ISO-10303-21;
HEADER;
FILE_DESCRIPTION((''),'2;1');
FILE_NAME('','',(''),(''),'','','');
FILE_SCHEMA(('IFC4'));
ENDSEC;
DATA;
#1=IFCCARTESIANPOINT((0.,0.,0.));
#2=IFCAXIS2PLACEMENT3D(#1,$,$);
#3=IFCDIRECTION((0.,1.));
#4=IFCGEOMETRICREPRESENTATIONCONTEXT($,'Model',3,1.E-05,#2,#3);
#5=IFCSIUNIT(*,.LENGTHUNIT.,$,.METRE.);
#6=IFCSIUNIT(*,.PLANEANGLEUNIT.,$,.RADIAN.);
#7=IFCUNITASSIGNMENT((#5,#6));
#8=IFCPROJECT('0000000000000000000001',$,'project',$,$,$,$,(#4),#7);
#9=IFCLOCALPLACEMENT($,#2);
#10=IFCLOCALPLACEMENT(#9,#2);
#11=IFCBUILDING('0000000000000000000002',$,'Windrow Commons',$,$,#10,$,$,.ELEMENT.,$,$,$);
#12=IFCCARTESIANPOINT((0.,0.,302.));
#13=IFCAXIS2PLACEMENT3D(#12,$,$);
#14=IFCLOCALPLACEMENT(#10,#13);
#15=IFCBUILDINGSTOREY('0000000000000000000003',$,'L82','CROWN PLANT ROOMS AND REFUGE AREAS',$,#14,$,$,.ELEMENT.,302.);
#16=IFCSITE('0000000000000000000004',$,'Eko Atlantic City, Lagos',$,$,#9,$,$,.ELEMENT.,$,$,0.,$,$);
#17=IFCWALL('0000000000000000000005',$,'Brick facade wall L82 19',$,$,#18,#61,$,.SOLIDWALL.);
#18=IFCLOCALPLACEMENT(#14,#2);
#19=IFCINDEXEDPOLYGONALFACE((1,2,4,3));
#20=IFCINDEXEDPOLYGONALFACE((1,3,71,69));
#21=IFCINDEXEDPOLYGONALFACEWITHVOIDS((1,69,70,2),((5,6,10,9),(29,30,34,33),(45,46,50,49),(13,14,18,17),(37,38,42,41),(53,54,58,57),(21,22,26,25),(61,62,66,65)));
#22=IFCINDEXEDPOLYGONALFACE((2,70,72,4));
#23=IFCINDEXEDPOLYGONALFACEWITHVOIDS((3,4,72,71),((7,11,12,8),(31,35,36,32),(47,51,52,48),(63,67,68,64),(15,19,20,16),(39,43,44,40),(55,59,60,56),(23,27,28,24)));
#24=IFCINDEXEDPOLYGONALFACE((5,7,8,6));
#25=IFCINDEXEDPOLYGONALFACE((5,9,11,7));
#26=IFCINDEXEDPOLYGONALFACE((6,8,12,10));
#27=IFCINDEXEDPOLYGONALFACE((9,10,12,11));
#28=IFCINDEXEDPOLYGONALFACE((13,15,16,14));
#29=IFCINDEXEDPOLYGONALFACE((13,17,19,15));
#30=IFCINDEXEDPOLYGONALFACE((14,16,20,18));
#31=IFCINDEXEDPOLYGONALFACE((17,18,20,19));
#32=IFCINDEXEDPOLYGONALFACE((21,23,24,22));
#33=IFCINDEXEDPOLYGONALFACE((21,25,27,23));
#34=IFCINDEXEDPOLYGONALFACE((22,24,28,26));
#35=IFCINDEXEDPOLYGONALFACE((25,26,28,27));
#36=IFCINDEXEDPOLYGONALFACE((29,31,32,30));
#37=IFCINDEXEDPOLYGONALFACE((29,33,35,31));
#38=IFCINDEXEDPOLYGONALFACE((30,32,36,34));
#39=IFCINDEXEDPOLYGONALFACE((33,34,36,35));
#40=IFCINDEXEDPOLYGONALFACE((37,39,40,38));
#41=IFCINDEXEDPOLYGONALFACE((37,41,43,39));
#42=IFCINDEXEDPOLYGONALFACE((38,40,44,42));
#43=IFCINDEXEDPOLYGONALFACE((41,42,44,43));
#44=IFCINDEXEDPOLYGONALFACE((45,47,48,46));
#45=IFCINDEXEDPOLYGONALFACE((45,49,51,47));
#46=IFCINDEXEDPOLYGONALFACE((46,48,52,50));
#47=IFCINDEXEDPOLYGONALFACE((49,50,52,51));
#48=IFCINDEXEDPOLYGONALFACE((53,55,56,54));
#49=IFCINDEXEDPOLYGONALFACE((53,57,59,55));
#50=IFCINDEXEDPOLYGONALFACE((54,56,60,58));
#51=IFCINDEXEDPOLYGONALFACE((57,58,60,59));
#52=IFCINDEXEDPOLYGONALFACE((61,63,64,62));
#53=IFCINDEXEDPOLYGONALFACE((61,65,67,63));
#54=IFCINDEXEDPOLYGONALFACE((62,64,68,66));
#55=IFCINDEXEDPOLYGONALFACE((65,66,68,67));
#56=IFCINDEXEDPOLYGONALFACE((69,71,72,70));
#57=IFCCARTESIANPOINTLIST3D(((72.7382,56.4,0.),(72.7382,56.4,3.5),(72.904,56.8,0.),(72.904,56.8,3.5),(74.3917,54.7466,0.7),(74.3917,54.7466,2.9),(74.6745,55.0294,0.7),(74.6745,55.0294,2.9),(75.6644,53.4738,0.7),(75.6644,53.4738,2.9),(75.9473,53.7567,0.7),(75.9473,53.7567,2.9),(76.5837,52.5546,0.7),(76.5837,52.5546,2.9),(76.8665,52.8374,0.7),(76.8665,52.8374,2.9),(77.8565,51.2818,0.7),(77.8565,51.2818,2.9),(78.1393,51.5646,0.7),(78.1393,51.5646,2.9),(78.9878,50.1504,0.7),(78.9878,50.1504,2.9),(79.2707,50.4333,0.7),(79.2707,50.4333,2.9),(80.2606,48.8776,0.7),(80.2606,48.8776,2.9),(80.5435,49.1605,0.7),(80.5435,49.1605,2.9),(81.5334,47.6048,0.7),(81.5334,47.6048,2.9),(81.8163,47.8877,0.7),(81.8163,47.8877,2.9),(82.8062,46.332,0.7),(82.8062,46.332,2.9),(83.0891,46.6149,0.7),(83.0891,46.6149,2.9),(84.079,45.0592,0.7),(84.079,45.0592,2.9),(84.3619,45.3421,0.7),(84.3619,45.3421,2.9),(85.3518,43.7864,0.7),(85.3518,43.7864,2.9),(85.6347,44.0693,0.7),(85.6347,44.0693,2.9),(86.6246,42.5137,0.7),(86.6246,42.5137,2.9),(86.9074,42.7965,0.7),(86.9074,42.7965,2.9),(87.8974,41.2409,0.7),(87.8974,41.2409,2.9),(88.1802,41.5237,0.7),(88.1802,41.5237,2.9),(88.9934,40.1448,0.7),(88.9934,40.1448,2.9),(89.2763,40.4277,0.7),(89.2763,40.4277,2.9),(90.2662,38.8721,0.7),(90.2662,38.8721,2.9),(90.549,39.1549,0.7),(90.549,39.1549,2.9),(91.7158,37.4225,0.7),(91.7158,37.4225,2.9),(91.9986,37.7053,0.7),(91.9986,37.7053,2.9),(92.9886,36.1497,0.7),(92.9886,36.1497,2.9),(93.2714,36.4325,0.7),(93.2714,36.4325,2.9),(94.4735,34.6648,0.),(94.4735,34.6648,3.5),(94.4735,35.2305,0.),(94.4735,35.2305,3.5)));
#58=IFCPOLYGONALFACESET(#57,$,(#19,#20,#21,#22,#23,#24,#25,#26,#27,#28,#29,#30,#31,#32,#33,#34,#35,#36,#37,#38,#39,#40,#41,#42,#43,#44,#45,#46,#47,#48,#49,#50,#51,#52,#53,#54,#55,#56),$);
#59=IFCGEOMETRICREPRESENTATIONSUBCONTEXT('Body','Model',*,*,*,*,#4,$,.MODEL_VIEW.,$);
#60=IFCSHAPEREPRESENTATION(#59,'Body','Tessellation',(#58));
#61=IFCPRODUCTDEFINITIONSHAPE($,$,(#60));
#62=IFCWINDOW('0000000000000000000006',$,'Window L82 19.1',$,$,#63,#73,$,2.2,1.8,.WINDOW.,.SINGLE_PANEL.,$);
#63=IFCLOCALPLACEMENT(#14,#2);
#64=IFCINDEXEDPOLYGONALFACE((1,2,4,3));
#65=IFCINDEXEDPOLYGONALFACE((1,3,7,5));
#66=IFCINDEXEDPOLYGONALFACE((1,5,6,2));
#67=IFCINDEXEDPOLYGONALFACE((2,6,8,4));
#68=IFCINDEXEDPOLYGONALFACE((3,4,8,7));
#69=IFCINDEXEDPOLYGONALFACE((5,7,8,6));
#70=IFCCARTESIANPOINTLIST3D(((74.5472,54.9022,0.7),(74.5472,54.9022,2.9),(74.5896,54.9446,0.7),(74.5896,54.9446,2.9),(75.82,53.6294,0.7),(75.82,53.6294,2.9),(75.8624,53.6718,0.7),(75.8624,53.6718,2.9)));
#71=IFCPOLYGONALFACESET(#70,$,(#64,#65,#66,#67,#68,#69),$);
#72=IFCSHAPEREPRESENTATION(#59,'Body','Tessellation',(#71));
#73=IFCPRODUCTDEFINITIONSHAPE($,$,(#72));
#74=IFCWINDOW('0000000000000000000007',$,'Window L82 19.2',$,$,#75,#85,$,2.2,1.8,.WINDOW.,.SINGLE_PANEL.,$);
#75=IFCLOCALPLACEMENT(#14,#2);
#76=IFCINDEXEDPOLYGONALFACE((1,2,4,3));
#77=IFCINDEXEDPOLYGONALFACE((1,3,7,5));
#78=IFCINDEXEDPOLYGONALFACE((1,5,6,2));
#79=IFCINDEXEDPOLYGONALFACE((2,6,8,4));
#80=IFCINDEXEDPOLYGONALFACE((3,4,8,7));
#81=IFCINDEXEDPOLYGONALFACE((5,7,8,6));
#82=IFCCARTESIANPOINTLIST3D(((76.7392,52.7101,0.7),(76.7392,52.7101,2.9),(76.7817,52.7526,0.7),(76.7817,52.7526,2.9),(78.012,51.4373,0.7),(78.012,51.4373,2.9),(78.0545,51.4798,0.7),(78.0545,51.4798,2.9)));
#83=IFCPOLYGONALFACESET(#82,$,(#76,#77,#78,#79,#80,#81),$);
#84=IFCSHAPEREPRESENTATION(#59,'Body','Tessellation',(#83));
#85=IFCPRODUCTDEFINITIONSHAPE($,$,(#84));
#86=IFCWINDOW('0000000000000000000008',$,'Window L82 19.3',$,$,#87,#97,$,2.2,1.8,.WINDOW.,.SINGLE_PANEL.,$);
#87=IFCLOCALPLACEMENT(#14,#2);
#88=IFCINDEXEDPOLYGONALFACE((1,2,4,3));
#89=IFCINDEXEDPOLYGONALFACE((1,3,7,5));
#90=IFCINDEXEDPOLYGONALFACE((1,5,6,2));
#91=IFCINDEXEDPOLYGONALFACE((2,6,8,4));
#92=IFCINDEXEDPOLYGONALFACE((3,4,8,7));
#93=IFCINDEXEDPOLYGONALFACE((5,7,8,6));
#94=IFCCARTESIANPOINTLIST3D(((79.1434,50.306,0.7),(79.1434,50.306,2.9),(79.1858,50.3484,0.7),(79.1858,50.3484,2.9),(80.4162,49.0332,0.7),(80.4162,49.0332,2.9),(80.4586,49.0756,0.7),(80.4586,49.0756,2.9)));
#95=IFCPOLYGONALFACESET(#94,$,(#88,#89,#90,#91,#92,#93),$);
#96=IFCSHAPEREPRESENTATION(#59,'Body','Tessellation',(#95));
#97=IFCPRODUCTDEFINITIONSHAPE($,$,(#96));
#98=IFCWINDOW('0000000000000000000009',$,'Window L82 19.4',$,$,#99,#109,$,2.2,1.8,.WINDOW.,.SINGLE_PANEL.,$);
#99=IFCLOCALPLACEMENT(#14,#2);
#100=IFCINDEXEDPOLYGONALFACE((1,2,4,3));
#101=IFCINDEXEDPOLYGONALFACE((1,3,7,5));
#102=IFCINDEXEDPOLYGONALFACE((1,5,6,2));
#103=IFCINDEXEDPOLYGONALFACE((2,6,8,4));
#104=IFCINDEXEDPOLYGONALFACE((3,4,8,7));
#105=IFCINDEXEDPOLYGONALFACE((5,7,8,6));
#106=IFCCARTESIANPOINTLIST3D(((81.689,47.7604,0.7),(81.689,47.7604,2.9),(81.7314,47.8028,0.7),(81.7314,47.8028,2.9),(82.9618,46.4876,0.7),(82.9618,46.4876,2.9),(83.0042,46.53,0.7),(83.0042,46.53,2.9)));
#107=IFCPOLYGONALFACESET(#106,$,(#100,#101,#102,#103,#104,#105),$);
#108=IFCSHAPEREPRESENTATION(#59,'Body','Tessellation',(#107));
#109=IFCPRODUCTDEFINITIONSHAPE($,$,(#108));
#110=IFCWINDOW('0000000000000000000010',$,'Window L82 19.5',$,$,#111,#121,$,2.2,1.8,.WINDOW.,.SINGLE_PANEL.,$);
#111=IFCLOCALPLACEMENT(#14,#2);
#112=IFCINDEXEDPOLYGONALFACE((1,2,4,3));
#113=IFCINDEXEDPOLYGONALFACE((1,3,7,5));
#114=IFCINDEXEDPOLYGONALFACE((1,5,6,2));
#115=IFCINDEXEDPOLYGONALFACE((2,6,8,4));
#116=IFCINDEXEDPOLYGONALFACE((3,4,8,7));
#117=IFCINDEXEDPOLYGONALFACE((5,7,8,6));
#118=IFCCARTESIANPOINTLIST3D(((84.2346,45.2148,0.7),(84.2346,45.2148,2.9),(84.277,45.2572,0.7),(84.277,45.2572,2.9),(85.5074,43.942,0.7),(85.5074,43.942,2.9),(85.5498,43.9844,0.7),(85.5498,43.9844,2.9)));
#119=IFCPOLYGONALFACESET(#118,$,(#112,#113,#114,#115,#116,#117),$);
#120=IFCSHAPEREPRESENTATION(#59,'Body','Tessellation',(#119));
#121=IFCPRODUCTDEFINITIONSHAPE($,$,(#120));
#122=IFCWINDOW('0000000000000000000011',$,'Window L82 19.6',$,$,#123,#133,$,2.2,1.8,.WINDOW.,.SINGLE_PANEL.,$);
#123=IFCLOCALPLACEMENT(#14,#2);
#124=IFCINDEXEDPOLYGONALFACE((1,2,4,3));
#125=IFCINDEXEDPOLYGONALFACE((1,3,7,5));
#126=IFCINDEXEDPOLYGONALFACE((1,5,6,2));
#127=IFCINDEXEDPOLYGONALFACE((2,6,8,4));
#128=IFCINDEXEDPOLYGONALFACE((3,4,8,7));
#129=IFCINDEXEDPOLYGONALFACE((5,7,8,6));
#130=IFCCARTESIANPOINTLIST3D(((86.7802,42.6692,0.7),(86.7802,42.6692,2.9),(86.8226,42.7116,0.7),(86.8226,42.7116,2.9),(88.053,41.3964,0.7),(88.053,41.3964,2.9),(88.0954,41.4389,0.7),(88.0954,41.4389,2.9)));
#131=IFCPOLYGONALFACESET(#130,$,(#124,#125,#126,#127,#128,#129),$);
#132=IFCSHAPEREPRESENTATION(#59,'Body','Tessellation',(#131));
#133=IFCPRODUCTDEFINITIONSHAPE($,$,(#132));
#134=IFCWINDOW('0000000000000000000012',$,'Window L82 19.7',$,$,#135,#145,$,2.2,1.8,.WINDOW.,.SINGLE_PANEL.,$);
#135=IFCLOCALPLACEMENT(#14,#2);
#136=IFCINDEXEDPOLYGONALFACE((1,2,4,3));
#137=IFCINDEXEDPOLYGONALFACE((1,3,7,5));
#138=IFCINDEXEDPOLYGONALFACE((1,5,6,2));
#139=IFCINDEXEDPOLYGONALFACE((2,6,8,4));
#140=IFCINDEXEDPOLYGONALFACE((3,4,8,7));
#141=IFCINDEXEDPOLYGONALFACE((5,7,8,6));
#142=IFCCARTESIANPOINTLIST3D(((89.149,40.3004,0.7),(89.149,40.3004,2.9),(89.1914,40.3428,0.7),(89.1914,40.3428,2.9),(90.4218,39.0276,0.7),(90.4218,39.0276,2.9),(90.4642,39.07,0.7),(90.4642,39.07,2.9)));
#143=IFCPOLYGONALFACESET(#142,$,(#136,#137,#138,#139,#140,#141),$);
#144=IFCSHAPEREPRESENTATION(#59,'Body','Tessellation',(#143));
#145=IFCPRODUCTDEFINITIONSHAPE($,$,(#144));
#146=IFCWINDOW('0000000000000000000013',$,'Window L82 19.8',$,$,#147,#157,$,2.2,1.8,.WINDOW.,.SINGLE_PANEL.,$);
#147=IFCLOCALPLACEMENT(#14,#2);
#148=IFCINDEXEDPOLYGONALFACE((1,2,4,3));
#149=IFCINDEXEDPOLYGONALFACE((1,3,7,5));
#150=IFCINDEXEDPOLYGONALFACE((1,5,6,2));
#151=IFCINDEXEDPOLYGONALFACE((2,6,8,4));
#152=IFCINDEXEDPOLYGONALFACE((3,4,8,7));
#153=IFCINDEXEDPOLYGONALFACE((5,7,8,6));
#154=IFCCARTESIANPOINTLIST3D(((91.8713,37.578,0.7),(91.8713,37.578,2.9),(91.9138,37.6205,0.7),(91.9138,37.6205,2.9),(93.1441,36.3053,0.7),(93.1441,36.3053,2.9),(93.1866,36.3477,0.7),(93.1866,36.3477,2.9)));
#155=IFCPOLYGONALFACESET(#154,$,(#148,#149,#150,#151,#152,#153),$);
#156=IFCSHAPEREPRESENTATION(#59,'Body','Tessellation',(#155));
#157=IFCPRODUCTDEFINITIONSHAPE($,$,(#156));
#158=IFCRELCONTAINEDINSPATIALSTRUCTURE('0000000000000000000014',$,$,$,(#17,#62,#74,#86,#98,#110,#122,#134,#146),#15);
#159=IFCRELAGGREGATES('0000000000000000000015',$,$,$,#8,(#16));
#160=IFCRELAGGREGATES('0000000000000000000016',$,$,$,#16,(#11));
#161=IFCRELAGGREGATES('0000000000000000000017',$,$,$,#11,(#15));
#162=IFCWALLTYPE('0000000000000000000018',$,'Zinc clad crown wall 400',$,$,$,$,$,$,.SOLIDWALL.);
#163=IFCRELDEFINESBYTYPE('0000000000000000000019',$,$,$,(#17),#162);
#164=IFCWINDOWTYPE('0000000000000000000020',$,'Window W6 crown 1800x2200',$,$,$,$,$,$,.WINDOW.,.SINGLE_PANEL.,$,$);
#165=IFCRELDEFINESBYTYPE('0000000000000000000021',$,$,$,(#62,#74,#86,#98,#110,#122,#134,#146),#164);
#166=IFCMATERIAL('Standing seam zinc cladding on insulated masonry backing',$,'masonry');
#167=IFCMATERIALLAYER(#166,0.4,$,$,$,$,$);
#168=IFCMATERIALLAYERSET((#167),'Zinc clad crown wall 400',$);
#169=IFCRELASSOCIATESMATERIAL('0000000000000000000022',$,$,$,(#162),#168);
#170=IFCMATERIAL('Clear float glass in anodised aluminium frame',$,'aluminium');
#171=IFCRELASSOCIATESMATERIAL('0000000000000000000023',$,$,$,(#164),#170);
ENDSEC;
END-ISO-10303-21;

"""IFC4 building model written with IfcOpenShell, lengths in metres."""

from ifc_helpers import new_model, si_unit, direction, frame, frame_2d, origin, place, context, subcontext, project, spatial, polyline, rectangle, outline, extrude, material, layer, layer_set, type_object, element, fill, save


model = new_model("IFC4")

# Units and contexts
model_context = context("Model", 3, precision=1e-05, world=origin(), true_north=direction((0.0, 1.0)))
body_context = subcontext(model_context, "Body", "Model", "MODEL_VIEW")
ifc_project = project(units=[si_unit("LENGTHUNIT", "METRE"), si_unit("PLANEANGLEUNIT", "RADIAN")], contexts=[model_context])

# Site, building, storey
site_placement = place(None, origin())
site = spatial("IfcSite", under=ifc_project, at=site_placement, Name="Eko Atlantic City, Lagos", CompositionType="ELEMENT", RefElevation=0.0)
building_placement = place(site_placement, origin())
building = spatial("IfcBuilding", under=site, at=building_placement, Name="Windrow Commons", CompositionType="ELEMENT")
storey_placement = place(building_placement, frame((0.0, 0.0, 302.0)))
storey = spatial("IfcBuildingStorey", under=building, at=storey_placement, Name="L82", Description="CROWN PLANT ROOMS AND REFUGE AREAS", CompositionType="ELEMENT", Elevation=302.0)

# Shared definitions
ifc_material_1 = material(Name="Standing seam zinc cladding on insulated masonry backing", Category="masonry")
ifc_layer_1 = layer(ifc_material_1, 0.4)
ifc_layer_set_1 = layer_set([ifc_layer_1], Name="Zinc clad crown wall 400")
wall_type_1 = type_object("IfcWallType", Name="Zinc clad crown wall 400", PredefinedType="SOLIDWALL", material=ifc_layer_set_1)

# Wall, openings, windows
wall_1_placement = place(storey_placement, frame((72.8211, 56.6, 0.0), z_axis=(0.0, 0.0, 1.0), x_axis=(0.707107, -0.707107, 0.0)))
wall_1 = element("IfcWall", 1, at=wall_1_placement, inside=storey, type_object=wall_type_1, Name="Brick facade wall L82 19", PredefinedType="SOLIDWALL", context=body_context, shape_type="SweptSolid", body=[
    extrude(outline(polyline([(0.0828, -0.2), (30.8211, -0.2), (30.4211, 0.2), (-0.0828, 0.2), (0.0828, -0.2)])), origin(), (0.0, 0.0, 1.0), 3.5),
])
opening_1_placement = place(wall_1_placement, frame((2.4211, 0.0, 0.7)))
opening_1 = element("IfcOpeningElement", 2, at=opening_1_placement, cuts=wall_1, PredefinedType="OPENING", context=body_context, shape_type="SweptSolid", body=[
    extrude(rectangle(XDim=1.8, YDim=2.2, at=frame_2d((0.9, 1.1))), frame((0.0, 0.21, 0.0), z_axis=(0.0, -1.0, 0.0), x_axis=(1.0, 0.0, 0.0)), (0.0, 0.0, 1.0), 0.42),
])
opening_2_placement = place(wall_1_placement, frame((5.5211, 0.0, 0.7)))
opening_2 = element("IfcOpeningElement", 3, at=opening_2_placement, cuts=wall_1, PredefinedType="OPENING", context=body_context, shape_type="SweptSolid", body=[
    extrude(rectangle(XDim=1.8, YDim=2.2, at=frame_2d((0.9, 1.1))), frame((0.0, 0.21, 0.0), z_axis=(0.0, -1.0, 0.0), x_axis=(1.0, 0.0, 0.0)), (0.0, 0.0, 1.0), 0.42),
])
opening_3_placement = place(wall_1_placement, frame((8.9211, 0.0, 0.7)))
opening_3 = element("IfcOpeningElement", 4, at=opening_3_placement, cuts=wall_1, PredefinedType="OPENING", context=body_context, shape_type="SweptSolid", body=[
    extrude(rectangle(XDim=1.8, YDim=2.2, at=frame_2d((0.9, 1.1))), frame((0.0, 0.21, 0.0), z_axis=(0.0, -1.0, 0.0), x_axis=(1.0, 0.0, 0.0)), (0.0, 0.0, 1.0), 0.42),
])
opening_4_placement = place(wall_1_placement, frame((12.5211, 0.0, 0.7)))
opening_4 = element("IfcOpeningElement", 5, at=opening_4_placement, cuts=wall_1, PredefinedType="OPENING", context=body_context, shape_type="SweptSolid", body=[
    extrude(rectangle(XDim=1.8, YDim=2.2, at=frame_2d((0.9, 1.1))), frame((0.0, 0.21, 0.0), z_axis=(0.0, -1.0, 0.0), x_axis=(1.0, 0.0, 0.0)), (0.0, 0.0, 1.0), 0.42),
])
opening_5_placement = place(wall_1_placement, frame((16.1211, 0.0, 0.7)))
opening_5 = element("IfcOpeningElement", 6, at=opening_5_placement, cuts=wall_1, PredefinedType="OPENING", context=body_context, shape_type="SweptSolid", body=[
    extrude(rectangle(XDim=1.8, YDim=2.2, at=frame_2d((0.9, 1.1))), frame((0.0, 0.21, 0.0), z_axis=(0.0, -1.0, 0.0), x_axis=(1.0, 0.0, 0.0)), (0.0, 0.0, 1.0), 0.42),
])
opening_6_placement = place(wall_1_placement, frame((19.7211, 0.0, 0.7)))
opening_6 = element("IfcOpeningElement", 7, at=opening_6_placement, cuts=wall_1, PredefinedType="OPENING", context=body_context, shape_type="SweptSolid", body=[
    extrude(rectangle(XDim=1.8, YDim=2.2, at=frame_2d((0.9, 1.1))), frame((0.0, 0.21, 0.0), z_axis=(0.0, -1.0, 0.0), x_axis=(1.0, 0.0, 0.0)), (0.0, 0.0, 1.0), 0.42),
])
opening_7_placement = place(wall_1_placement, frame((23.0711, 0.0, 0.7)))
opening_7 = element("IfcOpeningElement", 8, at=opening_7_placement, cuts=wall_1, PredefinedType="OPENING", context=body_context, shape_type="SweptSolid", body=[
    extrude(rectangle(XDim=1.8, YDim=2.2, at=frame_2d((0.9, 1.1))), frame((0.0, 0.21, 0.0), z_axis=(0.0, -1.0, 0.0), x_axis=(1.0, 0.0, 0.0)), (0.0, 0.0, 1.0), 0.42),
])
opening_8_placement = place(wall_1_placement, frame((26.9211, 0.0, 0.7)))
opening_8 = element("IfcOpeningElement", 9, at=opening_8_placement, cuts=wall_1, PredefinedType="OPENING", context=body_context, shape_type="SweptSolid", body=[
    extrude(rectangle(XDim=1.8, YDim=2.2, at=frame_2d((0.9, 1.1))), frame((0.0, 0.21, 0.0), z_axis=(0.0, -1.0, 0.0), x_axis=(1.0, 0.0, 0.0)), (0.0, 0.0, 1.0), 0.42),
])
ifc_material_2 = material(Name="Clear float glass in anodised aluminium frame", Category="aluminium")
window_type = type_object("IfcWindowType", Name="Window W6 crown 1800x2200", PartitioningType="SINGLE_PANEL", PredefinedType="WINDOW", material=ifc_material_2)
window_1_placement = place(opening_1_placement, origin())
window_1 = element("IfcWindow", 10, at=window_1_placement, inside=storey, type_object=window_type, Name="Window L82 19.1", OverallHeight=2.2, OverallWidth=1.8, PartitioningType="SINGLE_PANEL", PredefinedType="WINDOW", context=body_context, shape_type="SweptSolid", body=[
    extrude(rectangle(XDim=1.8, YDim=2.2, at=frame_2d((0.9, 1.1))), frame((0.0, 0.08, 0.0), z_axis=(0.0, -1.0, 0.0), x_axis=(1.0, 0.0, 0.0)), (0.0, 0.0, 1.0), 0.06),
])
fill(opening_1, window_1)
window_2_placement = place(opening_2_placement, origin())
window_2 = element("IfcWindow", 11, at=window_2_placement, inside=storey, type_object=window_type, Name="Window L82 19.2", OverallHeight=2.2, OverallWidth=1.8, PartitioningType="SINGLE_PANEL", PredefinedType="WINDOW", context=body_context, shape_type="SweptSolid", body=[
    extrude(rectangle(XDim=1.8, YDim=2.2, at=frame_2d((0.9, 1.1))), frame((0.0, 0.08, 0.0), z_axis=(0.0, -1.0, 0.0), x_axis=(1.0, 0.0, 0.0)), (0.0, 0.0, 1.0), 0.06),
])
fill(opening_2, window_2)
window_3_placement = place(opening_3_placement, origin())
window_3 = element("IfcWindow", 12, at=window_3_placement, inside=storey, type_object=window_type, Name="Window L82 19.3", OverallHeight=2.2, OverallWidth=1.8, PartitioningType="SINGLE_PANEL", PredefinedType="WINDOW", context=body_context, shape_type="SweptSolid", body=[
    extrude(rectangle(XDim=1.8, YDim=2.2, at=frame_2d((0.9, 1.1))), frame((0.0, 0.08, 0.0), z_axis=(0.0, -1.0, 0.0), x_axis=(1.0, 0.0, 0.0)), (0.0, 0.0, 1.0), 0.06),
])
fill(opening_3, window_3)
window_4_placement = place(opening_4_placement, origin())
window_4 = element("IfcWindow", 13, at=window_4_placement, inside=storey, type_object=window_type, Name="Window L82 19.4", OverallHeight=2.2, OverallWidth=1.8, PartitioningType="SINGLE_PANEL", PredefinedType="WINDOW", context=body_context, shape_type="SweptSolid", body=[
    extrude(rectangle(XDim=1.8, YDim=2.2, at=frame_2d((0.9, 1.1))), frame((0.0, 0.08, 0.0), z_axis=(0.0, -1.0, 0.0), x_axis=(1.0, 0.0, 0.0)), (0.0, 0.0, 1.0), 0.06),
])
fill(opening_4, window_4)
window_5_placement = place(opening_5_placement, origin())
window_5 = element("IfcWindow", 14, at=window_5_placement, inside=storey, type_object=window_type, Name="Window L82 19.5", OverallHeight=2.2, OverallWidth=1.8, PartitioningType="SINGLE_PANEL", PredefinedType="WINDOW", context=body_context, shape_type="SweptSolid", body=[
    extrude(rectangle(XDim=1.8, YDim=2.2, at=frame_2d((0.9, 1.1))), frame((0.0, 0.08, 0.0), z_axis=(0.0, -1.0, 0.0), x_axis=(1.0, 0.0, 0.0)), (0.0, 0.0, 1.0), 0.06),
])
fill(opening_5, window_5)
window_6_placement = place(opening_6_placement, origin())
window_6 = element("IfcWindow", 15, at=window_6_placement, inside=storey, type_object=window_type, Name="Window L82 19.6", OverallHeight=2.2, OverallWidth=1.8, PartitioningType="SINGLE_PANEL", PredefinedType="WINDOW", context=body_context, shape_type="SweptSolid", body=[
    extrude(rectangle(XDim=1.8, YDim=2.2, at=frame_2d((0.9, 1.1))), frame((0.0, 0.08, 0.0), z_axis=(0.0, -1.0, 0.0), x_axis=(1.0, 0.0, 0.0)), (0.0, 0.0, 1.0), 0.06),
])
fill(opening_6, window_6)
window_7_placement = place(opening_7_placement, origin())
window_7 = element("IfcWindow", 16, at=window_7_placement, inside=storey, type_object=window_type, Name="Window L82 19.7", OverallHeight=2.2, OverallWidth=1.8, PartitioningType="SINGLE_PANEL", PredefinedType="WINDOW", context=body_context, shape_type="SweptSolid", body=[
    extrude(rectangle(XDim=1.8, YDim=2.2, at=frame_2d((0.9, 1.1))), frame((0.0, 0.08, 0.0), z_axis=(0.0, -1.0, 0.0), x_axis=(1.0, 0.0, 0.0)), (0.0, 0.0, 1.0), 0.06),
])
fill(opening_7, window_7)
window_8_placement = place(opening_8_placement, origin())
window_8 = element("IfcWindow", 17, at=window_8_placement, inside=storey, type_object=window_type, Name="Window L82 19.8", OverallHeight=2.2, OverallWidth=1.8, PartitioningType="SINGLE_PANEL", PredefinedType="WINDOW", context=body_context, shape_type="SweptSolid", body=[
    extrude(rectangle(XDim=1.8, YDim=2.2, at=frame_2d((0.9, 1.1))), frame((0.0, 0.08, 0.0), z_axis=(0.0, -1.0, 0.0), x_axis=(1.0, 0.0, 0.0)), (0.0, 0.0, 1.0), 0.06),
])
fill(opening_8, window_8)

save(model, "model.ifc")
